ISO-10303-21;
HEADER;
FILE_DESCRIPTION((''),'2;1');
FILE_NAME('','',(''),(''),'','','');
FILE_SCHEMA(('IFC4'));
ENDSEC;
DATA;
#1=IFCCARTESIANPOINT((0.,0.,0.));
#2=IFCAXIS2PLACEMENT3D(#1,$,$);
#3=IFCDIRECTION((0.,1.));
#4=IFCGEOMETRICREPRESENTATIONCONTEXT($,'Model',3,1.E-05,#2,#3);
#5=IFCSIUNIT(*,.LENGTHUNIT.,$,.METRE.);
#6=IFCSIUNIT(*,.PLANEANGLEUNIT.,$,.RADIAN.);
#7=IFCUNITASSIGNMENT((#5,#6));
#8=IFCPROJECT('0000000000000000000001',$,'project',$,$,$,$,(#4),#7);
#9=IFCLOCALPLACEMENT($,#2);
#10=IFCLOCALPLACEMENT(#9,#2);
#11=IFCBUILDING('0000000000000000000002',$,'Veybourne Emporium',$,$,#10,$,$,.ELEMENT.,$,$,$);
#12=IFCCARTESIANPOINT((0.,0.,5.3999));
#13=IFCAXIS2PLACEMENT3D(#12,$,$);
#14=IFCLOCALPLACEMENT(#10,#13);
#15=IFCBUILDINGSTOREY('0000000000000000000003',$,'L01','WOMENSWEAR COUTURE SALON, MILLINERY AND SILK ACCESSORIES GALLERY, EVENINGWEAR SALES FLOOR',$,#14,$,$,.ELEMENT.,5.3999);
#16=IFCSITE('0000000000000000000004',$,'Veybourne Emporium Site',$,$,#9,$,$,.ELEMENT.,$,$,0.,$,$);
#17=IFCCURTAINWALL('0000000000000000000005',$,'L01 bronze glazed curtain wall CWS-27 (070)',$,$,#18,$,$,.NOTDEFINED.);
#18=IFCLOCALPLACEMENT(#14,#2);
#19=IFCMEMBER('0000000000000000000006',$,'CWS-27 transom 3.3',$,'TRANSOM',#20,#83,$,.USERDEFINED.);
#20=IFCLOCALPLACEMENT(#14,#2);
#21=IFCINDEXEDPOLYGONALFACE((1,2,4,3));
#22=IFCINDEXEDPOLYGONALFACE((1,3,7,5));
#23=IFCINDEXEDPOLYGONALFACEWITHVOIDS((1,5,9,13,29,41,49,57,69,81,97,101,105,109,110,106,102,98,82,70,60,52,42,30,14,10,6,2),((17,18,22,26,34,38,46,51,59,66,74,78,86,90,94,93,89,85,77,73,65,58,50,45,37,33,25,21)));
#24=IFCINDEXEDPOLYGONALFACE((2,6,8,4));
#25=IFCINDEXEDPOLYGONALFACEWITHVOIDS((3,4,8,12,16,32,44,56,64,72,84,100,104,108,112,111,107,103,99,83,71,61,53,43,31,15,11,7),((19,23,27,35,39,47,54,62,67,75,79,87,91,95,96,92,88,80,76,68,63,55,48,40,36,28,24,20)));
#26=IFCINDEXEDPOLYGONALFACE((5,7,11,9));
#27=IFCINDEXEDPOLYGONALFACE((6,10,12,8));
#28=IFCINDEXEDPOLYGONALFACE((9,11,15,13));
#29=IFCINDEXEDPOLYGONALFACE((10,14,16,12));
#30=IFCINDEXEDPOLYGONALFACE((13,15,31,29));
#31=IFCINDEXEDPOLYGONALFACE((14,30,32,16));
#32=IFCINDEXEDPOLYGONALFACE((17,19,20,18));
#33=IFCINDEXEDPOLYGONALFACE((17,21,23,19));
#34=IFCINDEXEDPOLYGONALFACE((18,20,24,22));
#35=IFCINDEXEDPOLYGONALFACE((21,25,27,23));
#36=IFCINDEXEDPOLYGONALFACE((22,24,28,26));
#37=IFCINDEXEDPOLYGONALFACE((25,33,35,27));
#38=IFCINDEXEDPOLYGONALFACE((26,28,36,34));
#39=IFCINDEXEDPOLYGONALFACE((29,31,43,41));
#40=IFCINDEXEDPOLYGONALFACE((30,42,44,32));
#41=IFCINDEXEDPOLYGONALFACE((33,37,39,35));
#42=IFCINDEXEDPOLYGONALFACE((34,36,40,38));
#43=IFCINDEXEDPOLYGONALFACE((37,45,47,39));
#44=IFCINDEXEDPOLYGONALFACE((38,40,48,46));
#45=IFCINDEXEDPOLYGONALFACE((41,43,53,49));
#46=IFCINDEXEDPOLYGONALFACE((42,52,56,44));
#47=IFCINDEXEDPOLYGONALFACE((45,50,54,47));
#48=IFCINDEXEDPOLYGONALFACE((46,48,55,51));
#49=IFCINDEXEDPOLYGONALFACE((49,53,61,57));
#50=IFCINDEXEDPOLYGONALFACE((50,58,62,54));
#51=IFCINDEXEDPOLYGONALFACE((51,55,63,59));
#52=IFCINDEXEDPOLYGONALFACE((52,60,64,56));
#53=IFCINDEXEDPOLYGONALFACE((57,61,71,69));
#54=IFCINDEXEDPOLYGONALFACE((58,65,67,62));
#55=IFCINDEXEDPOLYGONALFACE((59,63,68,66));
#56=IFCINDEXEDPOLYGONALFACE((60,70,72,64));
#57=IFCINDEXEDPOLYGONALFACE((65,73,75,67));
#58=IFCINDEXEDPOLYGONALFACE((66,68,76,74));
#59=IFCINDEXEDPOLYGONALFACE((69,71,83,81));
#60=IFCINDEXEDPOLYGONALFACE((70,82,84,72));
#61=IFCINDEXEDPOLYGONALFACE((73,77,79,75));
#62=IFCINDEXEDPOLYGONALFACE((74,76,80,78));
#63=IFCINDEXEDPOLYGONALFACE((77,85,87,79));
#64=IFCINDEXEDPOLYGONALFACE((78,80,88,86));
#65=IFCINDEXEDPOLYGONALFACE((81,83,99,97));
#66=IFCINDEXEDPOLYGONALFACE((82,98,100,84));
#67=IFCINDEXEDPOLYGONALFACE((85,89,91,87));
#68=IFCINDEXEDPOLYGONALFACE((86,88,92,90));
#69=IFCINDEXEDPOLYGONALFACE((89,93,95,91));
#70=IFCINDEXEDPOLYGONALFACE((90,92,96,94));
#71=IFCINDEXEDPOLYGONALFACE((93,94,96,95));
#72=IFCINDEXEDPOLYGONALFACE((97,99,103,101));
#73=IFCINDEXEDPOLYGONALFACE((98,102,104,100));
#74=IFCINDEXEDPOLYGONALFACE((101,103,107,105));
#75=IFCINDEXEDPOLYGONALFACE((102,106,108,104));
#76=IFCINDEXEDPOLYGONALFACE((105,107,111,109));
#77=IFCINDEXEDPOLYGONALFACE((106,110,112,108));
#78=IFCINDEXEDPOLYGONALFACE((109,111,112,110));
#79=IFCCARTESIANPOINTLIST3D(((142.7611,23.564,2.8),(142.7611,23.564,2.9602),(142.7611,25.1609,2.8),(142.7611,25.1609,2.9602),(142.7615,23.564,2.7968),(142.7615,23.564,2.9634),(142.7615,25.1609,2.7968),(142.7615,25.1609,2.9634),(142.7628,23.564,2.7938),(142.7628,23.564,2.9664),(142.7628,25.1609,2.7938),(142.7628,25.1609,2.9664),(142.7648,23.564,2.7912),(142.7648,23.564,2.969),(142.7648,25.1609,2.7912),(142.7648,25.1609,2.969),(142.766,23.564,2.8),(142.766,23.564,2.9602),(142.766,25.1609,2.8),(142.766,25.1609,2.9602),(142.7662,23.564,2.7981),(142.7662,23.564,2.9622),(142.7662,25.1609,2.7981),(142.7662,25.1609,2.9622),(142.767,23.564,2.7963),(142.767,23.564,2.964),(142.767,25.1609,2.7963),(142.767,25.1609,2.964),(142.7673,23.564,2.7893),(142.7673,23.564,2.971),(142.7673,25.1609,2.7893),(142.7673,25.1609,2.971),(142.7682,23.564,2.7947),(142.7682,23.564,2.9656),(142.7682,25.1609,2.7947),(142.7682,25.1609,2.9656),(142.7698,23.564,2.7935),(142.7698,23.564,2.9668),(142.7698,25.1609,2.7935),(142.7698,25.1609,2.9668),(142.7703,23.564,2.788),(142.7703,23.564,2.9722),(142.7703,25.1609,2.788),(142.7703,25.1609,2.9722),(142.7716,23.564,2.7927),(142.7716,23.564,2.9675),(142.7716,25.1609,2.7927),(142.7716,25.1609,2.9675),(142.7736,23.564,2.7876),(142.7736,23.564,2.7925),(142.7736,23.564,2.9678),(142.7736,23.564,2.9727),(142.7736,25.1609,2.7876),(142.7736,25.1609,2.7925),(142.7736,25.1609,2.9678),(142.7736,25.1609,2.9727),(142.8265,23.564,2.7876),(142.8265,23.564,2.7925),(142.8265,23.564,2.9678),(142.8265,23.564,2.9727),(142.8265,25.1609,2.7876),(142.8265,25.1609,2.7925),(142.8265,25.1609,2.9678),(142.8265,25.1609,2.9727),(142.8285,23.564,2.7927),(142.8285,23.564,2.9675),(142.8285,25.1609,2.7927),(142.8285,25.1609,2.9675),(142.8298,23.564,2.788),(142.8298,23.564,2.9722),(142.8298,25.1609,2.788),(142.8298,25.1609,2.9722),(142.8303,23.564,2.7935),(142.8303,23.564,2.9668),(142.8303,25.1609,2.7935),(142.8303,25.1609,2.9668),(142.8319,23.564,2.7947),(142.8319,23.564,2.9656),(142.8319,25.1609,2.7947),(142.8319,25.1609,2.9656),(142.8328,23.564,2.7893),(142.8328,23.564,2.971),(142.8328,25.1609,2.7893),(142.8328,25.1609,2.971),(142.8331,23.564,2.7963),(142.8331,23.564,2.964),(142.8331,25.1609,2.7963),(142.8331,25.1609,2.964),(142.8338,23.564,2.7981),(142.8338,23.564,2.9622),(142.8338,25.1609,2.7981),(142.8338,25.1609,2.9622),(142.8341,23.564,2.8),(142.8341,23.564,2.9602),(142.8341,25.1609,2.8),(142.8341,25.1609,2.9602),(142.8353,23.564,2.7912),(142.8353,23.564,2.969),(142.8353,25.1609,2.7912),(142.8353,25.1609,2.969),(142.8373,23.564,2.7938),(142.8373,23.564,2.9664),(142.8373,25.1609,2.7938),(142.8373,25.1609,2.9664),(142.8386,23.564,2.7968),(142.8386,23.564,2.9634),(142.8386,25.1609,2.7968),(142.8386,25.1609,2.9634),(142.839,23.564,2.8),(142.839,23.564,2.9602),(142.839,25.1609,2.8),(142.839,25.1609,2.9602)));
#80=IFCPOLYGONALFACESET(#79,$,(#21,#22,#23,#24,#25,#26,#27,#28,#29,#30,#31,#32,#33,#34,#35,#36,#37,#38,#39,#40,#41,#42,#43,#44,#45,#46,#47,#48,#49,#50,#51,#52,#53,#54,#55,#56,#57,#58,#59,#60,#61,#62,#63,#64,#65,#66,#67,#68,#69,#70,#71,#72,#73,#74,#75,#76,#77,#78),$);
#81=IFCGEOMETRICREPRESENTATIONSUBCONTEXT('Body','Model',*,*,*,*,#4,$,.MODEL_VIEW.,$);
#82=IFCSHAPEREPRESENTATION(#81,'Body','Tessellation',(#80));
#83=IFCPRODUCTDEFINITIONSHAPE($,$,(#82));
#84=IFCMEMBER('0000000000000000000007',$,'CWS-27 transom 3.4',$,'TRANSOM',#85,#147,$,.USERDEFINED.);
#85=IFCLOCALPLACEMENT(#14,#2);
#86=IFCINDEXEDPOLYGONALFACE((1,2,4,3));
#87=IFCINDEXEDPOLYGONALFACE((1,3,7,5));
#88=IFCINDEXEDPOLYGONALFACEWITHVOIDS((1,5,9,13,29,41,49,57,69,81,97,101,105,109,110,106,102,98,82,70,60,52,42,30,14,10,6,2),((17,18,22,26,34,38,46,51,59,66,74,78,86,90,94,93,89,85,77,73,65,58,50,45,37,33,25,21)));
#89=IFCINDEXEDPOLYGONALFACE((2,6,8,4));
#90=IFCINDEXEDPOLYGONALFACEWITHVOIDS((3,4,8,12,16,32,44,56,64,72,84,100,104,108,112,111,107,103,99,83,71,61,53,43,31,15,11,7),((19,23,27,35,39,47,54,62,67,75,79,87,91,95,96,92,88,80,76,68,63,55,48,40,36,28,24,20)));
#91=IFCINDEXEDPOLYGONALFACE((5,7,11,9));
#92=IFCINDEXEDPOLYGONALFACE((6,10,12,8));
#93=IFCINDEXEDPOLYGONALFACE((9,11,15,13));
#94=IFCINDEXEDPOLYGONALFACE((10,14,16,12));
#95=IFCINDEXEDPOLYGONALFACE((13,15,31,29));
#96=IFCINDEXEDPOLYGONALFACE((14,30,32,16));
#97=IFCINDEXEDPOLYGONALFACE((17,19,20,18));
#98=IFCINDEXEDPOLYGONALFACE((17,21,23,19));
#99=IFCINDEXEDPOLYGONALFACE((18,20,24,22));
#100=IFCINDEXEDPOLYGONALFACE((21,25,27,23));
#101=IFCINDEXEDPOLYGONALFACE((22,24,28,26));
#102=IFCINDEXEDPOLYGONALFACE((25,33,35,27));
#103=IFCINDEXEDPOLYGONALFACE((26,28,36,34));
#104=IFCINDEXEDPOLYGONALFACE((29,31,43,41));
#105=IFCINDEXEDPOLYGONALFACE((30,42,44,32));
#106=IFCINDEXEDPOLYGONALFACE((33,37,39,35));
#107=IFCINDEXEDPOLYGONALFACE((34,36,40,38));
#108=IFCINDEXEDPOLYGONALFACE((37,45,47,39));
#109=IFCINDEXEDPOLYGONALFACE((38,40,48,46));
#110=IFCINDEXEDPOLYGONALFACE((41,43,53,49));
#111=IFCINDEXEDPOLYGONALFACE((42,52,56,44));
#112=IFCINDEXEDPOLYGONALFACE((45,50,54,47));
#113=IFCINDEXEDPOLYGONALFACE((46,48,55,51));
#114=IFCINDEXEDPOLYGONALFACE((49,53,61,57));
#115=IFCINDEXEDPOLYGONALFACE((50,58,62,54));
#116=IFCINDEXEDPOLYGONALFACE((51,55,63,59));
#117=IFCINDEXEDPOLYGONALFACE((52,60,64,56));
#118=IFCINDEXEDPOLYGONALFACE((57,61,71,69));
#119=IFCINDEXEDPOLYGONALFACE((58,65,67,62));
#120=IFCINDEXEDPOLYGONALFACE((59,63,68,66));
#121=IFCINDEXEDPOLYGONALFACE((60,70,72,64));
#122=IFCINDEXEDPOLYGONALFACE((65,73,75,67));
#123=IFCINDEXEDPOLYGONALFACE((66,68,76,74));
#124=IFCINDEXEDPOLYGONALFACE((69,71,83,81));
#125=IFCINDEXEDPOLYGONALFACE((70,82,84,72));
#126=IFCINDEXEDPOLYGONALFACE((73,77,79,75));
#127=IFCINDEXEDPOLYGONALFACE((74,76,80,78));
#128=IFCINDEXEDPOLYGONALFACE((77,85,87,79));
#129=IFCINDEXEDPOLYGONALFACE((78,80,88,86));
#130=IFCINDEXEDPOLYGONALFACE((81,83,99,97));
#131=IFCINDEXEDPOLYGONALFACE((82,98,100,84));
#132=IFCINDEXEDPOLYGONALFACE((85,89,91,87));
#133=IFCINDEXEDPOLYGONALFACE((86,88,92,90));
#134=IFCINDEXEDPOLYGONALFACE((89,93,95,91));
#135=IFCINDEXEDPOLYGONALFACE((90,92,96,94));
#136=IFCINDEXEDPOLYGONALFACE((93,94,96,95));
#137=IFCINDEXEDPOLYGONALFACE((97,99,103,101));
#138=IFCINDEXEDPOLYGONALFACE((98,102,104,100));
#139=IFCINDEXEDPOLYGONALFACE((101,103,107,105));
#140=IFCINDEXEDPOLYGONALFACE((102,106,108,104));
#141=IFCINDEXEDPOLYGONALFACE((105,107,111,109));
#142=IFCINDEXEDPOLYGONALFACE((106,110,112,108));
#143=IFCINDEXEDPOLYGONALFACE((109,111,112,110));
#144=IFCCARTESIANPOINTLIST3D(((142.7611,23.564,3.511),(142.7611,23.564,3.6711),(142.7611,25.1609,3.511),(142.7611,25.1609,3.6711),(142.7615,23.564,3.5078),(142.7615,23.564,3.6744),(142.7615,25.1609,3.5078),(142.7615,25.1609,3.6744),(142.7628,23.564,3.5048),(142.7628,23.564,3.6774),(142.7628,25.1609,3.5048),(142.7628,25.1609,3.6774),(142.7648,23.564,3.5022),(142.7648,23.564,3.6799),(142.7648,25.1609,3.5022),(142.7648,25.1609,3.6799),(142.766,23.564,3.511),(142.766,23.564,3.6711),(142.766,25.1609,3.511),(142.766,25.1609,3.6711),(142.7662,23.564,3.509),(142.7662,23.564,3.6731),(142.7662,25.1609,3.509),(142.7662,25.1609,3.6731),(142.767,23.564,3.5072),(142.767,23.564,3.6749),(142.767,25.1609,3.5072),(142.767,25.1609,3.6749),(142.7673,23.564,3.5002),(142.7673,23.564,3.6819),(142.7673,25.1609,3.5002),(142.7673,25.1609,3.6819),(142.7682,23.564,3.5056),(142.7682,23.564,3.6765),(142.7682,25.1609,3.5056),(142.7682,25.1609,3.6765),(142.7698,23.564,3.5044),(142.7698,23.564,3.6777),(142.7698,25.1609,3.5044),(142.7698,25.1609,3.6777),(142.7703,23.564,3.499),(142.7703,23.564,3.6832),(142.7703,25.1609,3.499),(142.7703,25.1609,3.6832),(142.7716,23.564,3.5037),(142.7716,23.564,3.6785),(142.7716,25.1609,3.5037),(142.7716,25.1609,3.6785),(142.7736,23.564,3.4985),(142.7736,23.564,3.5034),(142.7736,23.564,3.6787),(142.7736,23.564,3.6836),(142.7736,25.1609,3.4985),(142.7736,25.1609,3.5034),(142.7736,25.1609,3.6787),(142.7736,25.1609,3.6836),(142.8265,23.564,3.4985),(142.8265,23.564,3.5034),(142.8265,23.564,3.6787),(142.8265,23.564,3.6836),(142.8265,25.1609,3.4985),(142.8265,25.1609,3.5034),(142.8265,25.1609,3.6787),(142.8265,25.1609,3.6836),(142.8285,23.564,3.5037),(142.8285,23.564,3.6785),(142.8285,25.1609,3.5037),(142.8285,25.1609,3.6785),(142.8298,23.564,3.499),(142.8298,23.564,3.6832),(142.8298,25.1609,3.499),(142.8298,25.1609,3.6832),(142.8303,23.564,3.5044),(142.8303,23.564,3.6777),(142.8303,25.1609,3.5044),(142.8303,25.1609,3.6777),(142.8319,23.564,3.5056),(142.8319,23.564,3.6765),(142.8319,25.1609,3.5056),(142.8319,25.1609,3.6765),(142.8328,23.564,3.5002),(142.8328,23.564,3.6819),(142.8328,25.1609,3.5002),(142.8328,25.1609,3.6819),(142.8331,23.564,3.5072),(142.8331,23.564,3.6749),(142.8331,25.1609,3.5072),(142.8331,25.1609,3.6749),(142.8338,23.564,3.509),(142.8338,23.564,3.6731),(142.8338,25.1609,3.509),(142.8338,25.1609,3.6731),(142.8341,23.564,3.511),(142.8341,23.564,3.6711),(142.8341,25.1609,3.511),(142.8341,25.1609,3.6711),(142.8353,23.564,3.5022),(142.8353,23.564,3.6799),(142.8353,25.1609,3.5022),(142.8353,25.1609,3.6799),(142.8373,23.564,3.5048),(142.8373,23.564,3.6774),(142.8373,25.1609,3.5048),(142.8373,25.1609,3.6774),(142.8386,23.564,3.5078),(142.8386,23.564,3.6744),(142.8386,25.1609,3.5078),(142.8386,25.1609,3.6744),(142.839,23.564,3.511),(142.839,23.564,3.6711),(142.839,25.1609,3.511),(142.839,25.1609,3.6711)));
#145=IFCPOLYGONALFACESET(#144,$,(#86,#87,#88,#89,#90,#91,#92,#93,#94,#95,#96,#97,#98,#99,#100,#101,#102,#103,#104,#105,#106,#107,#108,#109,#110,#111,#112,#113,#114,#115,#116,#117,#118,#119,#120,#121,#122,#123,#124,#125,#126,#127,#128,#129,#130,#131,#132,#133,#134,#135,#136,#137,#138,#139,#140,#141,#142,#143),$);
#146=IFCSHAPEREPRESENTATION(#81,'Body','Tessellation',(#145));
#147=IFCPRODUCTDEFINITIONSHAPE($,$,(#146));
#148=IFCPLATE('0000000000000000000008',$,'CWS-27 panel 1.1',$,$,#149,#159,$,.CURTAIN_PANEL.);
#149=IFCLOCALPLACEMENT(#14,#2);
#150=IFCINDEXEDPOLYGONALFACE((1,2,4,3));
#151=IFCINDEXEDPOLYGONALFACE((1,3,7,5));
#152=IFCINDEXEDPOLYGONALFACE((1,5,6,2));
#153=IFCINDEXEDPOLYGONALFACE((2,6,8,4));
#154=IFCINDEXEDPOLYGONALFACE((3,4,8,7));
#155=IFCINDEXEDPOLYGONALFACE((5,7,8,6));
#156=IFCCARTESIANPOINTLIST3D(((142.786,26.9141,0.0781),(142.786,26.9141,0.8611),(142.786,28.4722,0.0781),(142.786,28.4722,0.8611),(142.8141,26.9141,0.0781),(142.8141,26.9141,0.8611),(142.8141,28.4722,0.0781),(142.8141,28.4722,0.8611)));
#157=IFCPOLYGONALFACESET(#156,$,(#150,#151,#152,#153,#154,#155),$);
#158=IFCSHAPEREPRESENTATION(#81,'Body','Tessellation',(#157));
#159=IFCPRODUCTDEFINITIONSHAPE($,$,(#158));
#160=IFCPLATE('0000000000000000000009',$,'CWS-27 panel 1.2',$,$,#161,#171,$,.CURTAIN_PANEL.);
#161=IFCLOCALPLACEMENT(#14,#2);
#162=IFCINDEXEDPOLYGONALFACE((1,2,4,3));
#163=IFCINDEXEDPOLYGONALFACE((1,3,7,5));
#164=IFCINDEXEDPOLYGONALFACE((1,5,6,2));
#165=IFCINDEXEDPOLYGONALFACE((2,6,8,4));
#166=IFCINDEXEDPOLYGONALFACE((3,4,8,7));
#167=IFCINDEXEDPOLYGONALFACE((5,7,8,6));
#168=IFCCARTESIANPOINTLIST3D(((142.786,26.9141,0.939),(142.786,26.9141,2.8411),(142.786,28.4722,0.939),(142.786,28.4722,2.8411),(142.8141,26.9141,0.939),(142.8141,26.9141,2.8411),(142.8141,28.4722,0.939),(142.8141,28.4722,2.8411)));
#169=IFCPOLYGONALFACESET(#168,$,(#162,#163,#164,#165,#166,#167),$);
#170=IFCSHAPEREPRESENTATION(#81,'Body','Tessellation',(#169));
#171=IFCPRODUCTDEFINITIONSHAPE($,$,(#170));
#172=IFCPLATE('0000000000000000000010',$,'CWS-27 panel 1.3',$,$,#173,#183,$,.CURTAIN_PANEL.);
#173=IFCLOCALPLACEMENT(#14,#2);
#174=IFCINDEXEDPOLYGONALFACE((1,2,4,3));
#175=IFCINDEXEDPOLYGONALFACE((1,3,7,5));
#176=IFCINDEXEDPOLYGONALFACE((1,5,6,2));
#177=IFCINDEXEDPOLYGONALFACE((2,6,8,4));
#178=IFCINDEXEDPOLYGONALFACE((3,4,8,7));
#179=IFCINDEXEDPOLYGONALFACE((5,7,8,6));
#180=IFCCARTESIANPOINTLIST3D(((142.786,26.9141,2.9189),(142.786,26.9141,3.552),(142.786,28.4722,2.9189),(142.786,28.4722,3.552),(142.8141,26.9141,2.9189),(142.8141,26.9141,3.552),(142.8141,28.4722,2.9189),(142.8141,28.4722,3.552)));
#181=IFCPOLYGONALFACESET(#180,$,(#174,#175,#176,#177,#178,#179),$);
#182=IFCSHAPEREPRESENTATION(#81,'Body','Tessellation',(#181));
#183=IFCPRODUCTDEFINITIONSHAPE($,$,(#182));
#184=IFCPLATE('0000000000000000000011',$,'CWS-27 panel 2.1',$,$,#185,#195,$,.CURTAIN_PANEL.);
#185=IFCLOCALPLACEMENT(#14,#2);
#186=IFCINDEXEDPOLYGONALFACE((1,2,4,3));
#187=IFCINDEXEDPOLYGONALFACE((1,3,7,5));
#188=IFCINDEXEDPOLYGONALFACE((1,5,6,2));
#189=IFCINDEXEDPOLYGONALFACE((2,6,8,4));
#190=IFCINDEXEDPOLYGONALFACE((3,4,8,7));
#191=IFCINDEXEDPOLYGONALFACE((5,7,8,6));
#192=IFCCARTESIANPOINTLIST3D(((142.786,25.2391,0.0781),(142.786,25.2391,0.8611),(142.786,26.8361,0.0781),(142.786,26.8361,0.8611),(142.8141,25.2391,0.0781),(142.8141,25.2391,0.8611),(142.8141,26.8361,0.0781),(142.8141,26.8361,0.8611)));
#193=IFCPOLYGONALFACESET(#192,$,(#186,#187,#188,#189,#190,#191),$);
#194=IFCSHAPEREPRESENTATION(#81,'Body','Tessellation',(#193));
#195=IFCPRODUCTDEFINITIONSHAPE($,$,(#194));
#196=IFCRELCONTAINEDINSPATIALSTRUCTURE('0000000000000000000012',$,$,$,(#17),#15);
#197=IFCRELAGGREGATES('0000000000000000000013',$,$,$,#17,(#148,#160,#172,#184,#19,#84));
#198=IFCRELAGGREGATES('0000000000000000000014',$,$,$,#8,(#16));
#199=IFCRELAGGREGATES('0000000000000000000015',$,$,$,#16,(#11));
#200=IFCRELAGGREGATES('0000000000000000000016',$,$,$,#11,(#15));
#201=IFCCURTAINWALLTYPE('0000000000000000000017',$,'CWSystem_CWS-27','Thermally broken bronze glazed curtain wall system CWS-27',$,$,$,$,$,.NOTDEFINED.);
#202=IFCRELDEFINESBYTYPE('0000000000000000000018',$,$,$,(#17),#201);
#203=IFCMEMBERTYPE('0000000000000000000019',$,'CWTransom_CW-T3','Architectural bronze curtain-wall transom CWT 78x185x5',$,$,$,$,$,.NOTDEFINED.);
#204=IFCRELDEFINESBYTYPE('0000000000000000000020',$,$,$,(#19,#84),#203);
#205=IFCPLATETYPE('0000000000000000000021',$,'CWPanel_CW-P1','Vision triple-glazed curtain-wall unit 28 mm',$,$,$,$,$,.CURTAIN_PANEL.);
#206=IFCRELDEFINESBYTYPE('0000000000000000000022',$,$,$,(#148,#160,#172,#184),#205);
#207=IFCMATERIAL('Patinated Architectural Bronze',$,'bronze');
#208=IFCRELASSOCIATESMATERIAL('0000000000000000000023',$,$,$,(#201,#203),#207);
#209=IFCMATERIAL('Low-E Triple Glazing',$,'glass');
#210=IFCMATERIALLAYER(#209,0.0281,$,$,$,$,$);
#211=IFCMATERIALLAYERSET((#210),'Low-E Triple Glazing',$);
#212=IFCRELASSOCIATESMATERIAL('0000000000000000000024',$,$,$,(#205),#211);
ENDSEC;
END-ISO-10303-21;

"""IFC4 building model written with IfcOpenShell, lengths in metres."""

from ifc_helpers import new_model, si_unit, direction, frame, origin, origin_2d, place, context, subcontext, project, spatial, rectangle, hollow_rectangle, extrude, material, layer, layer_set, material_profile, profile_set, type_object, element, aggregate, save


model = new_model("IFC4")

# Units and contexts
model_context = context("Model", 3, precision=1e-05, world=origin(), true_north=direction((0.0, 1.0)))
body_context = subcontext(model_context, "Body", "Model", "MODEL_VIEW")
ifc_project = project(units=[si_unit("LENGTHUNIT", "METRE"), si_unit("PLANEANGLEUNIT", "RADIAN")], contexts=[model_context])

# Site, building, storey
site_placement = place(None, origin())
site = spatial("IfcSite", under=ifc_project, at=site_placement, Name="Veybourne Emporium Site", CompositionType="ELEMENT", RefElevation=0.0)
building_placement = place(site_placement, origin())
building = spatial("IfcBuilding", under=site, at=building_placement, Name="Veybourne Emporium", CompositionType="ELEMENT")
storey_placement = place(building_placement, frame((0.0, 0.0, 5.3999)))
storey = spatial("IfcBuildingStorey", under=building, at=storey_placement, Name="L01", Description="WOMENSWEAR COUTURE SALON, MILLINERY AND SILK ACCESSORIES GALLERY, EVENINGWEAR SALES FLOOR", CompositionType="ELEMENT", Elevation=5.3999)

# Curtain wall, members, plates
ifc_material_1 = material(Name="Patinated Architectural Bronze", Category="bronze")
curtain_wall_type = type_object("IfcCurtainWallType", Name="CWSystem_CWS-27", Description="Thermally broken bronze glazed curtain wall system CWS-27", PredefinedType="NOTDEFINED", material=ifc_material_1)
curtain_wall_placement = place(storey_placement, origin())
curtain_wall = element("IfcCurtainWall", 1, at=curtain_wall_placement, inside=storey, type_object=curtain_wall_type, Name="L01 bronze glazed curtain wall CWS-27 (070)", PredefinedType="NOTDEFINED")
ifc_material_profile_1 = material_profile(ifc_material_1, hollow_rectangle(XDim=0.0779, YDim=0.1851, WallThickness=0.0049, InnerFilletRadius=0.0076, OuterFilletRadius=0.0125, at=origin_2d()), Name="CWT 78x185x5")
ifc_profile_set_1 = profile_set([ifc_material_profile_1], Name="Patinated Architectural Bronze")
member_type_1 = type_object("IfcMemberType", Name="CWTransom_CW-T3", Description="Architectural bronze curtain-wall transom CWT 78x185x5", PredefinedType="NOTDEFINED", material=ifc_profile_set_1)
member_1_placement = place(storey_placement, frame((142.8, 25.1609, 2.8801), z_axis=(0.0, -1.0, 0.0), x_axis=(1.0, 0.0, 0.0)))
member_1 = element("IfcMember", 2, at=member_1_placement, type_object=member_type_1, Name="CWS-27 transom 3.3", ObjectType="TRANSOM", PredefinedType="USERDEFINED", context=body_context, shape_type="SweptSolid", body=[
    extrude(hollow_rectangle(XDim=0.0779, YDim=0.1851, WallThickness=0.0049, InnerFilletRadius=0.0076, OuterFilletRadius=0.0125, at=origin_2d()), origin(), (0.0, 0.0, 1.0), 1.5969),
])
member_2_placement = place(storey_placement, frame((142.8, 25.1609, 3.5911), z_axis=(0.0, -1.0, 0.0), x_axis=(1.0, 0.0, 0.0)))
member_2 = element("IfcMember", 3, at=member_2_placement, type_object=member_type_1, Name="CWS-27 transom 3.4", ObjectType="TRANSOM", PredefinedType="USERDEFINED", context=body_context, shape_type="SweptSolid", body=[
    extrude(hollow_rectangle(XDim=0.0779, YDim=0.1851, WallThickness=0.0049, InnerFilletRadius=0.0076, OuterFilletRadius=0.0125, at=origin_2d()), origin(), (0.0, 0.0, 1.0), 1.5969),
])
ifc_material_2 = material(Name="Low-E Triple Glazing", Category="glass")
ifc_layer = layer(ifc_material_2, 0.0281)
ifc_layer_set = layer_set([ifc_layer], Name="Low-E Triple Glazing")
plate_type = type_object("IfcPlateType", Name="CWPanel_CW-P1", Description="Vision triple-glazed curtain-wall unit 28 mm", PredefinedType="CURTAIN_PANEL", material=ifc_layer_set)
plate_1_placement = place(storey_placement, frame((142.8, 27.6931, 0.0781), z_axis=(0.0, 0.0, 1.0), x_axis=(0.0, -1.0, 0.0)))
plate_1 = element("IfcPlate", 4, at=plate_1_placement, type_object=plate_type, Name="CWS-27 panel 1.1", PredefinedType="CURTAIN_PANEL", context=body_context, shape_type="SweptSolid", body=[
    extrude(rectangle(XDim=1.5581, YDim=0.0281, at=origin_2d()), origin(), (0.0, 0.0, 1.0), 0.783),
])
plate_2_placement = place(storey_placement, frame((142.8, 27.6931, 0.939), z_axis=(0.0, 0.0, 1.0), x_axis=(0.0, -1.0, 0.0)))
plate_2 = element("IfcPlate", 5, at=plate_2_placement, type_object=plate_type, Name="CWS-27 panel 1.2", PredefinedType="CURTAIN_PANEL", context=body_context, shape_type="SweptSolid", body=[
    extrude(rectangle(XDim=1.5581, YDim=0.0281, at=origin_2d()), origin(), (0.0, 0.0, 1.0), 1.9021),
])
plate_3_placement = place(storey_placement, frame((142.8, 27.6931, 2.9189), z_axis=(0.0, 0.0, 1.0), x_axis=(0.0, -1.0, 0.0)))
plate_3 = element("IfcPlate", 6, at=plate_3_placement, type_object=plate_type, Name="CWS-27 panel 1.3", PredefinedType="CURTAIN_PANEL", context=body_context, shape_type="SweptSolid", body=[
    extrude(rectangle(XDim=1.5581, YDim=0.0281, at=origin_2d()), origin(), (0.0, 0.0, 1.0), 0.6331),
])
plate_4_placement = place(storey_placement, frame((142.8, 26.0376, 0.0781), z_axis=(0.0, 0.0, 1.0), x_axis=(0.0, -1.0, 0.0)))
plate_4 = element("IfcPlate", 7, at=plate_4_placement, type_object=plate_type, Name="CWS-27 panel 2.1", PredefinedType="CURTAIN_PANEL", context=body_context, shape_type="SweptSolid", body=[
    extrude(rectangle(XDim=1.5969, YDim=0.0281, at=origin_2d()), origin(), (0.0, 0.0, 1.0), 0.783),
])
aggregate(curtain_wall, [plate_1, plate_2, plate_3, plate_4, member_1, member_2])

save(model, "model.ifc")
